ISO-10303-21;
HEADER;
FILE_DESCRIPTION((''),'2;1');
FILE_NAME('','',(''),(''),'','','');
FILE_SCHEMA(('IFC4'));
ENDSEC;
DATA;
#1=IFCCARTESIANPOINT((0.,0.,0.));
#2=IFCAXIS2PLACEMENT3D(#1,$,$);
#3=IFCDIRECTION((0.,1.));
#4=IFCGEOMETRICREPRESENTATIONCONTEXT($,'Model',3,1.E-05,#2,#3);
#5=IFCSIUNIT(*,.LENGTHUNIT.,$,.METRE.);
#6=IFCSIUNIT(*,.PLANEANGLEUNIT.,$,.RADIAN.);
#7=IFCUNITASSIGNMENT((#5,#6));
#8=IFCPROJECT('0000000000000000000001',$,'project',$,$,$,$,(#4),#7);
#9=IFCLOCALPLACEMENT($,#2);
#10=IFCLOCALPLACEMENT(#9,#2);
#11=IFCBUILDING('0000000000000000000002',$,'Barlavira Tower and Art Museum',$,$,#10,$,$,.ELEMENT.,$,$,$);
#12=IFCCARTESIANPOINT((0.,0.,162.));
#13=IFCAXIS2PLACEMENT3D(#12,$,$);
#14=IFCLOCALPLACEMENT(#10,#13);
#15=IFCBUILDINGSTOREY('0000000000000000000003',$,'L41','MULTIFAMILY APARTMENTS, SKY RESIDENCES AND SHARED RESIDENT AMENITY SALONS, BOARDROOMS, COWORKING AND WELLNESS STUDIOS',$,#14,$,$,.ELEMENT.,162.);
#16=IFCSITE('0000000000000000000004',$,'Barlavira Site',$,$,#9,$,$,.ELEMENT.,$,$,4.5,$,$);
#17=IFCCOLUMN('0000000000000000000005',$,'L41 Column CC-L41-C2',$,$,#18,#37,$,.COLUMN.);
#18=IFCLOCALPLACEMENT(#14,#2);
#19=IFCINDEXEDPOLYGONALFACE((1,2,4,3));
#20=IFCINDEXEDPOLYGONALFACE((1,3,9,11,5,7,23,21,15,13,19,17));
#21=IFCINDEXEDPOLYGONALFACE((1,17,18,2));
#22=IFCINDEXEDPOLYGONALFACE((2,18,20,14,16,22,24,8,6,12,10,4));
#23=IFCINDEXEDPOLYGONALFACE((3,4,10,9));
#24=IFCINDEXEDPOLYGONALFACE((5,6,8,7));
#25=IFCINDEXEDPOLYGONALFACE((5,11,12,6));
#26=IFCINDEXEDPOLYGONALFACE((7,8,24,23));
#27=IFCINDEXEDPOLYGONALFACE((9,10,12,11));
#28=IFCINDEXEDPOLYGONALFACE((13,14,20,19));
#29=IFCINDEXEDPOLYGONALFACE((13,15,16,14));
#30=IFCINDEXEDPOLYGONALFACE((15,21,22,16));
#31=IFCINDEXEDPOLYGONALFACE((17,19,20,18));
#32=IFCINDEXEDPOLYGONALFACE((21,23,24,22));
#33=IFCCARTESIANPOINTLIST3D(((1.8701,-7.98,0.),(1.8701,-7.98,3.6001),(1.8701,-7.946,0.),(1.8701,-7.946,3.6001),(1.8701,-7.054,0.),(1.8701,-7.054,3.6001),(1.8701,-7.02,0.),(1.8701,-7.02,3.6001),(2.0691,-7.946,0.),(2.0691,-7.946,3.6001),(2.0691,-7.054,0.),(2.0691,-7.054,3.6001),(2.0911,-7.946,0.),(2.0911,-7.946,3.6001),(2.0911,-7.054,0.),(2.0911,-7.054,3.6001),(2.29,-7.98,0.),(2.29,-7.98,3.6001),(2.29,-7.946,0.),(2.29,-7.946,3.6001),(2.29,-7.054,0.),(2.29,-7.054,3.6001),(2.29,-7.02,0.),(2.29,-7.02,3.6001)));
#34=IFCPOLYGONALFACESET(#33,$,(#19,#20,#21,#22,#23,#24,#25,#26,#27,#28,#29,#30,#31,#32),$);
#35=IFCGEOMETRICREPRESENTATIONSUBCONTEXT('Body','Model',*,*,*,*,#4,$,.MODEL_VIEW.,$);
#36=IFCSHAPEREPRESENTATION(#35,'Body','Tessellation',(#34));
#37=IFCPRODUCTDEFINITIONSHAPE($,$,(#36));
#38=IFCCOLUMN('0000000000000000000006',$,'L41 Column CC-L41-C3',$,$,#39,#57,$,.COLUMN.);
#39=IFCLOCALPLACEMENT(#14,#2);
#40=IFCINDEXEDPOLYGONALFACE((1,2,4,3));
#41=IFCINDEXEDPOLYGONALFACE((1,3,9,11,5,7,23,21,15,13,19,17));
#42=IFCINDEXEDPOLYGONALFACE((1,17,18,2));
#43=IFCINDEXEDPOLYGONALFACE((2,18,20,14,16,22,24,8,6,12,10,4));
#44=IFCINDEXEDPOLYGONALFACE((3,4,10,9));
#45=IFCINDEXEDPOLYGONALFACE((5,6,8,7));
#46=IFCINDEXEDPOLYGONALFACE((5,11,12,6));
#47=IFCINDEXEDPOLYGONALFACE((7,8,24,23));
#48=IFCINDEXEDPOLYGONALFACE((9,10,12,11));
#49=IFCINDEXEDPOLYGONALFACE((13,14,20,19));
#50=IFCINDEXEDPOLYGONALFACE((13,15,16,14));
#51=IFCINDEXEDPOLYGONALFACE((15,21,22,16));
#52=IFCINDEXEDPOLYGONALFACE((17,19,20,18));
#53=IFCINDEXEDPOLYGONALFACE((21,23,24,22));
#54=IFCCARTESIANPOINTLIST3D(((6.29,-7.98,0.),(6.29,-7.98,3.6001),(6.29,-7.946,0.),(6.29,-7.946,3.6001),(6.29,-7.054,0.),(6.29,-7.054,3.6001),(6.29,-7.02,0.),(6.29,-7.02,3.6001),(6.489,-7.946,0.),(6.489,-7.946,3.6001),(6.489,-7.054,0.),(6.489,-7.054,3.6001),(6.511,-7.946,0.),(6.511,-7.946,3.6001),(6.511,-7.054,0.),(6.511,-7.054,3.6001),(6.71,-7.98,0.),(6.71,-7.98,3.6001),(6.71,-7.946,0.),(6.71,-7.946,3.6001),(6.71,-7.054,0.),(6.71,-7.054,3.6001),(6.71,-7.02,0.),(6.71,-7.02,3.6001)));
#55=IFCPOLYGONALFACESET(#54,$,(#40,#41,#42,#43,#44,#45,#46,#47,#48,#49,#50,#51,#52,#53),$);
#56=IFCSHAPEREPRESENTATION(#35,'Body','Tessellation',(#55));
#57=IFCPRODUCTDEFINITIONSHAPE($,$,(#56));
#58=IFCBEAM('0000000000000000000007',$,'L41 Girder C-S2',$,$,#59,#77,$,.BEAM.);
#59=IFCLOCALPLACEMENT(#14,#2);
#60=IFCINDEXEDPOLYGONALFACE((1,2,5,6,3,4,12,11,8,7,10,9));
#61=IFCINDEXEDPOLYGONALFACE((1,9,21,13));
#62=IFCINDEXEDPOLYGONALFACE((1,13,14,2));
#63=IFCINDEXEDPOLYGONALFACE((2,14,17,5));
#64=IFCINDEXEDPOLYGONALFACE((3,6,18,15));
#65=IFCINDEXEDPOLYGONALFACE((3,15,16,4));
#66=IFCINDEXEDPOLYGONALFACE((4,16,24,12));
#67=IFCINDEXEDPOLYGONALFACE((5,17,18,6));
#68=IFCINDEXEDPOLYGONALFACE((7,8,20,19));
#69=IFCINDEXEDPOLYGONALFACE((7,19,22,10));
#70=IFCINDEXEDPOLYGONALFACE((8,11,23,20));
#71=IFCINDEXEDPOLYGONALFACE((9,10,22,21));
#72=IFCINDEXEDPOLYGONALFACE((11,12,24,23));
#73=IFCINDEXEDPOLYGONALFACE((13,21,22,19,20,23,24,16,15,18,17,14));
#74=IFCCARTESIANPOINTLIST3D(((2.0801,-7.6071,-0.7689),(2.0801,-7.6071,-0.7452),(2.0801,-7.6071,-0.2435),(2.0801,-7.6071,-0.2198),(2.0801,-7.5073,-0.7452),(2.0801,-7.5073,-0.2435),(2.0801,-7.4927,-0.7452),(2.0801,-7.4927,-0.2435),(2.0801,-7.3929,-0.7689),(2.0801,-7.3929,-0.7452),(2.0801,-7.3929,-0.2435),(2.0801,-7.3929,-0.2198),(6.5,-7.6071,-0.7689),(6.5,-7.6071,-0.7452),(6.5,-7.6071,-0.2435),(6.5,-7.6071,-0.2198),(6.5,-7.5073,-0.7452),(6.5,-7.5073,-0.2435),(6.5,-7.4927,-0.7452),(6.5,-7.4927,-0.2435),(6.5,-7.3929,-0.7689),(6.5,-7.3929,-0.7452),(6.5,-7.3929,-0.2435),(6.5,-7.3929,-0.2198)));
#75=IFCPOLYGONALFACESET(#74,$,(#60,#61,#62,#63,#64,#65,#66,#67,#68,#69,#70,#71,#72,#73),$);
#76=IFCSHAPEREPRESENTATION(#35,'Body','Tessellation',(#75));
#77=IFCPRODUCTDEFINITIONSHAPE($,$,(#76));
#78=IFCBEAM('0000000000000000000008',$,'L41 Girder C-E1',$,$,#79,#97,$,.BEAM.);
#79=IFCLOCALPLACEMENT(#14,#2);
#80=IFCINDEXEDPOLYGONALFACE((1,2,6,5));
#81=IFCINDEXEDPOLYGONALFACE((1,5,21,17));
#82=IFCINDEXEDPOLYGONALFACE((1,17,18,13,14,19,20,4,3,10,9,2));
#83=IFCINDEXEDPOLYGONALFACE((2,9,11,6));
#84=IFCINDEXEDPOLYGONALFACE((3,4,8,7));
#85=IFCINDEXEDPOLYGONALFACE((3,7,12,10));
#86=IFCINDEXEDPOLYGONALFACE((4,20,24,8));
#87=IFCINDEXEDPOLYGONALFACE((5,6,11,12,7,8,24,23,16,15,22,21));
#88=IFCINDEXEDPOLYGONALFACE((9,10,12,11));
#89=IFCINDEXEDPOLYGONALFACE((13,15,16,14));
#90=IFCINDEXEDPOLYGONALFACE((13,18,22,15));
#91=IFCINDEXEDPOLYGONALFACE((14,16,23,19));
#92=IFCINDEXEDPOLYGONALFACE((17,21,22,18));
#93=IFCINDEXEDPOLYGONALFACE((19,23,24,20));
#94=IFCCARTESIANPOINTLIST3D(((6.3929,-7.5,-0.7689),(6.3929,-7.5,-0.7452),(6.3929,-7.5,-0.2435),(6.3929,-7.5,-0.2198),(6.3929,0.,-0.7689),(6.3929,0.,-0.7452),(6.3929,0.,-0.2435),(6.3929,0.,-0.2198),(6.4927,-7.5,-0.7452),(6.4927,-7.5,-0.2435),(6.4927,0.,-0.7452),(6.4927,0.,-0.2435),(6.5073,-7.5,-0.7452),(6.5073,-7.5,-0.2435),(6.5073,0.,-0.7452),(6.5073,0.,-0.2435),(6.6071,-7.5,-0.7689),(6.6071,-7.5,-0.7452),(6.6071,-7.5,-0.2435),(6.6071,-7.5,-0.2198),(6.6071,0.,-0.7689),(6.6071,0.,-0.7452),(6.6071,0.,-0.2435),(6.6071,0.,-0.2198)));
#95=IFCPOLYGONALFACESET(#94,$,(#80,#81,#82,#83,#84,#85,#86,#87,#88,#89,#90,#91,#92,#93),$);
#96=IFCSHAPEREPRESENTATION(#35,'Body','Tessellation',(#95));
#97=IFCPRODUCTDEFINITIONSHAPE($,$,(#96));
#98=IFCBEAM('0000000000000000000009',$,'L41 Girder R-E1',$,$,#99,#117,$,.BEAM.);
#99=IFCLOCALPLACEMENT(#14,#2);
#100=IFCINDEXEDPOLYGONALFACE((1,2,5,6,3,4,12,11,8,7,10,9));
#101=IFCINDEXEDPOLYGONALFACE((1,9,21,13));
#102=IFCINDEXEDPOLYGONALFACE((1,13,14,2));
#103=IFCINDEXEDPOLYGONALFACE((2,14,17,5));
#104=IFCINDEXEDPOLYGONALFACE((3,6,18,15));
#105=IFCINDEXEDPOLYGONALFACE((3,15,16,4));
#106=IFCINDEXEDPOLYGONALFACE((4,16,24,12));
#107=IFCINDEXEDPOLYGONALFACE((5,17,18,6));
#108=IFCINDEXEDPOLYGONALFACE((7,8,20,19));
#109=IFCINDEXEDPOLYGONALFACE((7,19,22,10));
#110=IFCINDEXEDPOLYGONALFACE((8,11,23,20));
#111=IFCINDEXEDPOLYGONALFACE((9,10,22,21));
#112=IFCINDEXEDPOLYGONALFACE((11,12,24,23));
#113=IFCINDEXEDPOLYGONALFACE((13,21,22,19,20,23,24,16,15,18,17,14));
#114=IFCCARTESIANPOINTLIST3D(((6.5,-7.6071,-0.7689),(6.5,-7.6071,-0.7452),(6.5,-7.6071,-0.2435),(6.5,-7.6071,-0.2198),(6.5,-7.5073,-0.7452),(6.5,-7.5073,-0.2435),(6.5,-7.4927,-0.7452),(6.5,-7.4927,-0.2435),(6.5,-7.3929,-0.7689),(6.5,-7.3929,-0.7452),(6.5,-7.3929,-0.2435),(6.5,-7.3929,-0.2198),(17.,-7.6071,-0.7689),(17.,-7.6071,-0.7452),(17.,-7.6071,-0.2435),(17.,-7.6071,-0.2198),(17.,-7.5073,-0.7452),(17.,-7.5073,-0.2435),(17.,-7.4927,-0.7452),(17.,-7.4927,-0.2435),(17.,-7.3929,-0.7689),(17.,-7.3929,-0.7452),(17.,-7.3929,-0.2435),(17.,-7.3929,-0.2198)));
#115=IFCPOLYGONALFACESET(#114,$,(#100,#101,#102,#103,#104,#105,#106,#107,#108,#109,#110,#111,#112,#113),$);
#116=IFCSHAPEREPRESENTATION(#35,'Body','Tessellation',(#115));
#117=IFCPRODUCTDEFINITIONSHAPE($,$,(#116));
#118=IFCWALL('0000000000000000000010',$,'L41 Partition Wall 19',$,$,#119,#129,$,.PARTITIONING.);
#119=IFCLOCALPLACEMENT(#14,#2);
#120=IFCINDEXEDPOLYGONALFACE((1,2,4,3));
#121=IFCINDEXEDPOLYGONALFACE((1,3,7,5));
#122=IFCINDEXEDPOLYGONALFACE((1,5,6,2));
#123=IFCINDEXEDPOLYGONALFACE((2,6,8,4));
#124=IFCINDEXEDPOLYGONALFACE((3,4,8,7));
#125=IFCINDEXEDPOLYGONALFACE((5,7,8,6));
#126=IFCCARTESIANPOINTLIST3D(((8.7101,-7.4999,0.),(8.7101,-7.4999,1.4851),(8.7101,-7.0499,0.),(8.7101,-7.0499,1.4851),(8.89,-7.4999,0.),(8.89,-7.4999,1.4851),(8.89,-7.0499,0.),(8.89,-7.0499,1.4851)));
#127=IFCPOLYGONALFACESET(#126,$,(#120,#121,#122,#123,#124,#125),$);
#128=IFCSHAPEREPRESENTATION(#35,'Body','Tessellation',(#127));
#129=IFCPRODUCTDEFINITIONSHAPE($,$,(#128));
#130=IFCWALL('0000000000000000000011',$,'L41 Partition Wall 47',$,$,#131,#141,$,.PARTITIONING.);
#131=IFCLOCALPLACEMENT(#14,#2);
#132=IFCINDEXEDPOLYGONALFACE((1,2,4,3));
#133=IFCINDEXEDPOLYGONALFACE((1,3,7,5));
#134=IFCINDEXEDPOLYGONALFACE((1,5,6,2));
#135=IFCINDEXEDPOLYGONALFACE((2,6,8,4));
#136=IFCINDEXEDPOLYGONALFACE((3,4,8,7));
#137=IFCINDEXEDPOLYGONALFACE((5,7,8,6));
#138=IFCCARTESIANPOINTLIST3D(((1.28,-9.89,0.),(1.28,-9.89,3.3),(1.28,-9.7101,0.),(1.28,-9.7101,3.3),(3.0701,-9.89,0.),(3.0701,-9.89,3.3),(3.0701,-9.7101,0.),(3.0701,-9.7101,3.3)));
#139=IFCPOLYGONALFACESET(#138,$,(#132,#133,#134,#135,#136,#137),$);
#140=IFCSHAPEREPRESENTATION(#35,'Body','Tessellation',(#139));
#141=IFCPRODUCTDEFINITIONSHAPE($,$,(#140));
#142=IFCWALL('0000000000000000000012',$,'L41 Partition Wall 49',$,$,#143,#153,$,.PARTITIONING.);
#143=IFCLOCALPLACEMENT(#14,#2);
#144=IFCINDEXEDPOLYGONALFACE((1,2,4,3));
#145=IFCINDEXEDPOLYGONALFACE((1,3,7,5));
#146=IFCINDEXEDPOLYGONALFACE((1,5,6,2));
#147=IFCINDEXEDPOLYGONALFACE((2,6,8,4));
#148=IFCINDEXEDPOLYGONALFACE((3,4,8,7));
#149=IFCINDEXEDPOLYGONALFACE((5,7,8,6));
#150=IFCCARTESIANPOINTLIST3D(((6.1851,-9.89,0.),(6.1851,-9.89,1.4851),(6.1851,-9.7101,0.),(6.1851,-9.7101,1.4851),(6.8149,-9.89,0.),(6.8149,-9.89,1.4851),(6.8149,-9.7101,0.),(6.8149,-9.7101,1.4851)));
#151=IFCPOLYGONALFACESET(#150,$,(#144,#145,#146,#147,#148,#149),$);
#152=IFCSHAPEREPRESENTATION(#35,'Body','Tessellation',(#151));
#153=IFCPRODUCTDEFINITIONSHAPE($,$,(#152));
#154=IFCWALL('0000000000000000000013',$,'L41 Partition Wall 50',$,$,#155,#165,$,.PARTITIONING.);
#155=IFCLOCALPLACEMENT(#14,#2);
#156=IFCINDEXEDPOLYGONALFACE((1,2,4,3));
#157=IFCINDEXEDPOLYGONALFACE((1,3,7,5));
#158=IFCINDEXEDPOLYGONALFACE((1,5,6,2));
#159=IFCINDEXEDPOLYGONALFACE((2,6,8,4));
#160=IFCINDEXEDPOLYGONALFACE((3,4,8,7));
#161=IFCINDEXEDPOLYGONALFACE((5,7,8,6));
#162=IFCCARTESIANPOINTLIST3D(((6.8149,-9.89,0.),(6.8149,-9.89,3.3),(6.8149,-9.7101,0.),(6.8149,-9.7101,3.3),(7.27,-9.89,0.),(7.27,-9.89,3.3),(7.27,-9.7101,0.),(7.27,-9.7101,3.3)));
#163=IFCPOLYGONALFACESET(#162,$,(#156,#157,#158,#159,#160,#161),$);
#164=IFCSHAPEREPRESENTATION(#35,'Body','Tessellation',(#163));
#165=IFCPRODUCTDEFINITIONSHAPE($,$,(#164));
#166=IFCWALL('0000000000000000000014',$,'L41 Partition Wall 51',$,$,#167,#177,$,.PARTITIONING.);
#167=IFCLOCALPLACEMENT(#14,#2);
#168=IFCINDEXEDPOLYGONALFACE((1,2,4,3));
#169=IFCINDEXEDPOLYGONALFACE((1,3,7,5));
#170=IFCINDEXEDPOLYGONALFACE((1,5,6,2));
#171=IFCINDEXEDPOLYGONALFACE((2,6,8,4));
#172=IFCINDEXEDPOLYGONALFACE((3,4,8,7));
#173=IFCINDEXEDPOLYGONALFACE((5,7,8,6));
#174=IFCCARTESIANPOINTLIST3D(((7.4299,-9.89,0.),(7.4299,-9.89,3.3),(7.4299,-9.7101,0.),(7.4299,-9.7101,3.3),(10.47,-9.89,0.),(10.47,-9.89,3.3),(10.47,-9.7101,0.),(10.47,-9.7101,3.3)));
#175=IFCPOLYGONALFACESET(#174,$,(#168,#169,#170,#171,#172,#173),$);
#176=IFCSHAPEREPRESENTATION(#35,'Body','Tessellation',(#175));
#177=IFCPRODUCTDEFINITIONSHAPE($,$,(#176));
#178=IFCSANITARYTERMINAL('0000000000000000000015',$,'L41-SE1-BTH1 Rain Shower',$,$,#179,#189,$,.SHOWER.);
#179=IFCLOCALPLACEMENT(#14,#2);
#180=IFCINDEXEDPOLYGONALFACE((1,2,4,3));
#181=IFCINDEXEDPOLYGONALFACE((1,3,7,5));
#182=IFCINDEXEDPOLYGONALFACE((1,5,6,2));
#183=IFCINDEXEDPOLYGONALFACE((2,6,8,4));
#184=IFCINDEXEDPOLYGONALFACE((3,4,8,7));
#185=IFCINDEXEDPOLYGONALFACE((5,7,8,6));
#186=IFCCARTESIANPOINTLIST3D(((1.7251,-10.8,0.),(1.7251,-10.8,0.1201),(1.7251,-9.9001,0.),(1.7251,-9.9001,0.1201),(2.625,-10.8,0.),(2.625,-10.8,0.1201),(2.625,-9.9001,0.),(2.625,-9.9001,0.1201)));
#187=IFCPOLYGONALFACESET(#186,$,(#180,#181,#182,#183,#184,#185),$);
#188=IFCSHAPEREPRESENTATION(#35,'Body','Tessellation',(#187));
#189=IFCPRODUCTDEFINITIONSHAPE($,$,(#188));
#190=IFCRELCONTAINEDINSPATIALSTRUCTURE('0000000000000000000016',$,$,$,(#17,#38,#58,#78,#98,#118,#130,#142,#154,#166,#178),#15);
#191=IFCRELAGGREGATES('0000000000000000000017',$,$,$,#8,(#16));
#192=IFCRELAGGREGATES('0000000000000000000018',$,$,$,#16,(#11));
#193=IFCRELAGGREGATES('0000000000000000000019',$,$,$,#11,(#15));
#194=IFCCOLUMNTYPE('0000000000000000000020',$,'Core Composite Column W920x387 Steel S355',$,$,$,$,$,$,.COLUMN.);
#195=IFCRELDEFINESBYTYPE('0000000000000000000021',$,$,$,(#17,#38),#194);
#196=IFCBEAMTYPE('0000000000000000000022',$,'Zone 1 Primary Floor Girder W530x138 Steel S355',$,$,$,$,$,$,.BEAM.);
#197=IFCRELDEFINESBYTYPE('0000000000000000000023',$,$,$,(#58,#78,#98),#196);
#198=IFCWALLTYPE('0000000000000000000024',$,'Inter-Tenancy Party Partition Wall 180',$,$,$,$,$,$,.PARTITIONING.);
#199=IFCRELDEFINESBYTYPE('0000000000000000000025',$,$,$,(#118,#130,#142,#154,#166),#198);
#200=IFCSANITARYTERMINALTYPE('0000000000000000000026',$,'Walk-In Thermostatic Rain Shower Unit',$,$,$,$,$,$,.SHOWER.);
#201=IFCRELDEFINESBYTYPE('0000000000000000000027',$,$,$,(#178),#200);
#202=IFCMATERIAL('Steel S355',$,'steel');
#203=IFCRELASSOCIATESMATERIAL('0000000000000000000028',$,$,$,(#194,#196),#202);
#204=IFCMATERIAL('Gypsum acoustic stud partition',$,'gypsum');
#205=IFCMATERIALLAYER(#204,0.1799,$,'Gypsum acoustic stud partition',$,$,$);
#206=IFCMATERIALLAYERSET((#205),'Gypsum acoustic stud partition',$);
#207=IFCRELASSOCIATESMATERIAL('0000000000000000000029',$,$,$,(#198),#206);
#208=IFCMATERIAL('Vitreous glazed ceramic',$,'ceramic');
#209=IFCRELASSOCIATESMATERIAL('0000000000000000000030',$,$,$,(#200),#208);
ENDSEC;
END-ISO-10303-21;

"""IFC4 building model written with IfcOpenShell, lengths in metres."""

from ifc_helpers import new_model, si_unit, direction, frame, frame_2d, origin, origin_2d, place, context, subcontext, project, spatial, rectangle, i_section, extrude, material, layer, layer_set, material_profile, profile_set, type_object, element, save


model = new_model("IFC4")

# Units and contexts
model_context = context("Model", 3, precision=1e-05, world=origin(), true_north=direction((0.0, 1.0)))
body_context = subcontext(model_context, "Body", "Model", "MODEL_VIEW")
ifc_project = project(units=[si_unit("LENGTHUNIT", "METRE"), si_unit("PLANEANGLEUNIT", "RADIAN")], contexts=[model_context])

# Site, building, storey
site_placement = place(None, origin())
site = spatial("IfcSite", under=ifc_project, at=site_placement, Name="Barlavira Site", CompositionType="ELEMENT", RefElevation=4.5)
building_placement = place(site_placement, origin())
building = spatial("IfcBuilding", under=site, at=building_placement, Name="Barlavira Tower and Art Museum", CompositionType="ELEMENT")
storey_placement = place(building_placement, frame((0.0, 0.0, 162.0)))
storey = spatial("IfcBuildingStorey", under=building, at=storey_placement, Name="L41", Description="MULTIFAMILY APARTMENTS, SKY RESIDENCES AND SHARED RESIDENT AMENITY SALONS, BOARDROOMS, COWORKING AND WELLNESS STUDIOS", CompositionType="ELEMENT", Elevation=162.0)

# Columns
ifc_material_1 = material(Name="Steel S355", Category="steel")
ifc_material_profile_1 = material_profile(ifc_material_1, i_section(OverallWidth=0.4199, OverallDepth=0.96, WebThickness=0.022, FlangeThickness=0.0339, at=origin_2d()), Name="W920x387.0")
ifc_profile_set_1 = profile_set([ifc_material_profile_1], Name="Steel S355")
column_type = type_object("IfcColumnType", Name="Core Composite Column W920x387 Steel S355", PredefinedType="COLUMN", material=ifc_profile_set_1)
for number, where, z_axis, x_axis, name in (
    (1, (2.0801, -7.5, 0.0), (0.0, 0.0, 1.0), (1.0, 0.0, 0.0), "L41 Column CC-L41-C2"),
    (2, (6.5, -7.5, 0.0), (0.0, 0.0, 1.0), (1.0, 0.0, 0.0), "L41 Column CC-L41-C3"),
):
    element("IfcColumn", number, at=place(storey_placement, frame(where, z_axis=z_axis, x_axis=x_axis)), inside=storey, type_object=column_type, Name=name, PredefinedType="COLUMN", context=body_context, shape_type="SweptSolid", body=[
        extrude(i_section(OverallWidth=0.4199, OverallDepth=0.96, WebThickness=0.022, FlangeThickness=0.0339, at=origin_2d()), origin(), (0.0, 0.0, 1.0), 3.6001),
    ])

# Beams
ifc_material_profile_2 = material_profile(ifc_material_1, i_section(OverallWidth=0.2141, OverallDepth=0.5491, WebThickness=0.0146, FlangeThickness=0.0237, at=origin_2d()), Name="W530x138.0")
ifc_profile_set_2 = profile_set([ifc_material_profile_2], Name="Steel S355")
beam_type = type_object("IfcBeamType", Name="Zone 1 Primary Floor Girder W530x138 Steel S355", PredefinedType="BEAM", material=ifc_profile_set_2)
beam_1_placement = place(storey_placement, frame((2.0801, -7.5, -0.4944), z_axis=(1.0, 0.0, 0.0), x_axis=(0.0, 1.0, 0.0)))
element("IfcBeam", 3, at=beam_1_placement, inside=storey, type_object=beam_type, Name="L41 Girder C-S2", PredefinedType="BEAM", context=body_context, shape_type="SweptSolid", body=[
    extrude(i_section(OverallWidth=0.2141, OverallDepth=0.5491, WebThickness=0.0146, FlangeThickness=0.0237, at=origin_2d()), origin(), (0.0, 0.0, 1.0), 4.4199),
])
beam_2_placement = place(storey_placement, frame((6.5, -7.5, -0.4944), z_axis=(0.0, 1.0, 0.0), x_axis=(-1.0, 0.0, 0.0)))
element("IfcBeam", 4, at=beam_2_placement, inside=storey, type_object=beam_type, Name="L41 Girder C-E1", PredefinedType="BEAM", context=body_context, shape_type="SweptSolid", body=[
    extrude(i_section(OverallWidth=0.2141, OverallDepth=0.5491, WebThickness=0.0146, FlangeThickness=0.0237, at=origin_2d()), origin(), (0.0, 0.0, 1.0), 7.5),
])
beam_3_placement = place(storey_placement, frame((6.5, -7.5, -0.4944), z_axis=(1.0, 0.0, 0.0), x_axis=(0.0, 1.0, 0.0)))
element("IfcBeam", 5, at=beam_3_placement, inside=storey, type_object=beam_type, Name="L41 Girder R-E1", PredefinedType="BEAM", context=body_context, shape_type="SweptSolid", body=[
    extrude(i_section(OverallWidth=0.2141, OverallDepth=0.5491, WebThickness=0.0146, FlangeThickness=0.0237, at=origin_2d()), origin(), (0.0, 0.0, 1.0), 10.5),
])

# Walls
ifc_material_2 = material(Name="Gypsum acoustic stud partition", Category="gypsum")
ifc_layer = layer(ifc_material_2, 0.1799, Name="Gypsum acoustic stud partition")
ifc_layer_set = layer_set([ifc_layer], Name="Gypsum acoustic stud partition")
wall_type = type_object("IfcWallType", Name="Inter-Tenancy Party Partition Wall 180", PredefinedType="PARTITIONING", material=ifc_layer_set)
wall_1_placement = place(storey_placement, frame((8.8, -7.5, 0.0), z_axis=(0.0, 0.0, 1.0), x_axis=(0.0, 1.0, 0.0)))
element("IfcWall", 6, at=wall_1_placement, inside=storey, type_object=wall_type, Name="L41 Partition Wall 19", PredefinedType="PARTITIONING", context=body_context, shape_type="SweptSolid", body=[
    extrude(rectangle(XDim=0.45, YDim=0.1799, at=frame_2d((0.2251, 0.0))), origin(), (0.0, 0.0, 1.0), 1.4851),
])
wall_2_placement = place(storey_placement, frame((1.28, -9.8, 0.0), z_axis=(0.0, 0.0, 1.0), x_axis=(1.0, 0.0, 0.0)))
element("IfcWall", 7, at=wall_2_placement, inside=storey, type_object=wall_type, Name="L41 Partition Wall 47", PredefinedType="PARTITIONING", context=body_context, shape_type="SweptSolid", body=[
    extrude(rectangle(XDim=1.79, YDim=0.1799, at=frame_2d((0.895, 0.0))), origin(), (0.0, 0.0, 1.0), 3.3),
])

# Walls
wall_3_placement = place(storey_placement, frame((6.1851, -9.8, 0.0), z_axis=(0.0, 0.0, 1.0), x_axis=(1.0, 0.0, 0.0)))
element("IfcWall", 8, at=wall_3_placement, inside=storey, type_object=wall_type, Name="L41 Partition Wall 49", PredefinedType="PARTITIONING", context=body_context, shape_type="SweptSolid", body=[
    extrude(rectangle(XDim=0.6299, YDim=0.1799, at=frame_2d((0.3149, 0.0))), origin(), (0.0, 0.0, 1.0), 1.4851),
])
wall_4_placement = place(storey_placement, frame((6.8149, -9.8, 0.0), z_axis=(0.0, 0.0, 1.0), x_axis=(1.0, 0.0, 0.0)))
element("IfcWall", 9, at=wall_4_placement, inside=storey, type_object=wall_type, Name="L41 Partition Wall 50", PredefinedType="PARTITIONING", context=body_context, shape_type="SweptSolid", body=[
    extrude(rectangle(XDim=0.4551, YDim=0.1799, at=frame_2d((0.2275, 0.0))), origin(), (0.0, 0.0, 1.0), 3.3),
])
wall_5_placement = place(storey_placement, frame((7.4299, -9.8, 0.0), z_axis=(0.0, 0.0, 1.0), x_axis=(1.0, 0.0, 0.0)))
element("IfcWall", 10, at=wall_5_placement, inside=storey, type_object=wall_type, Name="L41 Partition Wall 51", PredefinedType="PARTITIONING", context=body_context, shape_type="SweptSolid", body=[
    extrude(rectangle(XDim=3.04, YDim=0.1799, at=frame_2d((1.52, 0.0))), origin(), (0.0, 0.0, 1.0), 3.3),
])

# Sanitary terminal
ifc_material_3 = material(Name="Vitreous glazed ceramic", Category="ceramic")
sanitary_terminal_type = type_object("IfcSanitaryTerminalType", Name="Walk-In Thermostatic Rain Shower Unit", PredefinedType="SHOWER", material=ifc_material_3)
sanitary_terminal_placement = place(storey_placement, frame((2.175, -10.3501, 0.0), z_axis=(0.0, 0.0, 1.0), x_axis=(1.0, 0.0, 0.0)))
element("IfcSanitaryTerminal", 11, at=sanitary_terminal_placement, inside=storey, type_object=sanitary_terminal_type, Name="L41-SE1-BTH1 Rain Shower", PredefinedType="SHOWER", context=body_context, shape_type="SweptSolid", body=[
    extrude(rectangle(XDim=0.8999, YDim=0.8999, at=origin_2d()), origin(), (0.0, 0.0, 1.0), 0.1201),
])

save(model, "model.ifc")
